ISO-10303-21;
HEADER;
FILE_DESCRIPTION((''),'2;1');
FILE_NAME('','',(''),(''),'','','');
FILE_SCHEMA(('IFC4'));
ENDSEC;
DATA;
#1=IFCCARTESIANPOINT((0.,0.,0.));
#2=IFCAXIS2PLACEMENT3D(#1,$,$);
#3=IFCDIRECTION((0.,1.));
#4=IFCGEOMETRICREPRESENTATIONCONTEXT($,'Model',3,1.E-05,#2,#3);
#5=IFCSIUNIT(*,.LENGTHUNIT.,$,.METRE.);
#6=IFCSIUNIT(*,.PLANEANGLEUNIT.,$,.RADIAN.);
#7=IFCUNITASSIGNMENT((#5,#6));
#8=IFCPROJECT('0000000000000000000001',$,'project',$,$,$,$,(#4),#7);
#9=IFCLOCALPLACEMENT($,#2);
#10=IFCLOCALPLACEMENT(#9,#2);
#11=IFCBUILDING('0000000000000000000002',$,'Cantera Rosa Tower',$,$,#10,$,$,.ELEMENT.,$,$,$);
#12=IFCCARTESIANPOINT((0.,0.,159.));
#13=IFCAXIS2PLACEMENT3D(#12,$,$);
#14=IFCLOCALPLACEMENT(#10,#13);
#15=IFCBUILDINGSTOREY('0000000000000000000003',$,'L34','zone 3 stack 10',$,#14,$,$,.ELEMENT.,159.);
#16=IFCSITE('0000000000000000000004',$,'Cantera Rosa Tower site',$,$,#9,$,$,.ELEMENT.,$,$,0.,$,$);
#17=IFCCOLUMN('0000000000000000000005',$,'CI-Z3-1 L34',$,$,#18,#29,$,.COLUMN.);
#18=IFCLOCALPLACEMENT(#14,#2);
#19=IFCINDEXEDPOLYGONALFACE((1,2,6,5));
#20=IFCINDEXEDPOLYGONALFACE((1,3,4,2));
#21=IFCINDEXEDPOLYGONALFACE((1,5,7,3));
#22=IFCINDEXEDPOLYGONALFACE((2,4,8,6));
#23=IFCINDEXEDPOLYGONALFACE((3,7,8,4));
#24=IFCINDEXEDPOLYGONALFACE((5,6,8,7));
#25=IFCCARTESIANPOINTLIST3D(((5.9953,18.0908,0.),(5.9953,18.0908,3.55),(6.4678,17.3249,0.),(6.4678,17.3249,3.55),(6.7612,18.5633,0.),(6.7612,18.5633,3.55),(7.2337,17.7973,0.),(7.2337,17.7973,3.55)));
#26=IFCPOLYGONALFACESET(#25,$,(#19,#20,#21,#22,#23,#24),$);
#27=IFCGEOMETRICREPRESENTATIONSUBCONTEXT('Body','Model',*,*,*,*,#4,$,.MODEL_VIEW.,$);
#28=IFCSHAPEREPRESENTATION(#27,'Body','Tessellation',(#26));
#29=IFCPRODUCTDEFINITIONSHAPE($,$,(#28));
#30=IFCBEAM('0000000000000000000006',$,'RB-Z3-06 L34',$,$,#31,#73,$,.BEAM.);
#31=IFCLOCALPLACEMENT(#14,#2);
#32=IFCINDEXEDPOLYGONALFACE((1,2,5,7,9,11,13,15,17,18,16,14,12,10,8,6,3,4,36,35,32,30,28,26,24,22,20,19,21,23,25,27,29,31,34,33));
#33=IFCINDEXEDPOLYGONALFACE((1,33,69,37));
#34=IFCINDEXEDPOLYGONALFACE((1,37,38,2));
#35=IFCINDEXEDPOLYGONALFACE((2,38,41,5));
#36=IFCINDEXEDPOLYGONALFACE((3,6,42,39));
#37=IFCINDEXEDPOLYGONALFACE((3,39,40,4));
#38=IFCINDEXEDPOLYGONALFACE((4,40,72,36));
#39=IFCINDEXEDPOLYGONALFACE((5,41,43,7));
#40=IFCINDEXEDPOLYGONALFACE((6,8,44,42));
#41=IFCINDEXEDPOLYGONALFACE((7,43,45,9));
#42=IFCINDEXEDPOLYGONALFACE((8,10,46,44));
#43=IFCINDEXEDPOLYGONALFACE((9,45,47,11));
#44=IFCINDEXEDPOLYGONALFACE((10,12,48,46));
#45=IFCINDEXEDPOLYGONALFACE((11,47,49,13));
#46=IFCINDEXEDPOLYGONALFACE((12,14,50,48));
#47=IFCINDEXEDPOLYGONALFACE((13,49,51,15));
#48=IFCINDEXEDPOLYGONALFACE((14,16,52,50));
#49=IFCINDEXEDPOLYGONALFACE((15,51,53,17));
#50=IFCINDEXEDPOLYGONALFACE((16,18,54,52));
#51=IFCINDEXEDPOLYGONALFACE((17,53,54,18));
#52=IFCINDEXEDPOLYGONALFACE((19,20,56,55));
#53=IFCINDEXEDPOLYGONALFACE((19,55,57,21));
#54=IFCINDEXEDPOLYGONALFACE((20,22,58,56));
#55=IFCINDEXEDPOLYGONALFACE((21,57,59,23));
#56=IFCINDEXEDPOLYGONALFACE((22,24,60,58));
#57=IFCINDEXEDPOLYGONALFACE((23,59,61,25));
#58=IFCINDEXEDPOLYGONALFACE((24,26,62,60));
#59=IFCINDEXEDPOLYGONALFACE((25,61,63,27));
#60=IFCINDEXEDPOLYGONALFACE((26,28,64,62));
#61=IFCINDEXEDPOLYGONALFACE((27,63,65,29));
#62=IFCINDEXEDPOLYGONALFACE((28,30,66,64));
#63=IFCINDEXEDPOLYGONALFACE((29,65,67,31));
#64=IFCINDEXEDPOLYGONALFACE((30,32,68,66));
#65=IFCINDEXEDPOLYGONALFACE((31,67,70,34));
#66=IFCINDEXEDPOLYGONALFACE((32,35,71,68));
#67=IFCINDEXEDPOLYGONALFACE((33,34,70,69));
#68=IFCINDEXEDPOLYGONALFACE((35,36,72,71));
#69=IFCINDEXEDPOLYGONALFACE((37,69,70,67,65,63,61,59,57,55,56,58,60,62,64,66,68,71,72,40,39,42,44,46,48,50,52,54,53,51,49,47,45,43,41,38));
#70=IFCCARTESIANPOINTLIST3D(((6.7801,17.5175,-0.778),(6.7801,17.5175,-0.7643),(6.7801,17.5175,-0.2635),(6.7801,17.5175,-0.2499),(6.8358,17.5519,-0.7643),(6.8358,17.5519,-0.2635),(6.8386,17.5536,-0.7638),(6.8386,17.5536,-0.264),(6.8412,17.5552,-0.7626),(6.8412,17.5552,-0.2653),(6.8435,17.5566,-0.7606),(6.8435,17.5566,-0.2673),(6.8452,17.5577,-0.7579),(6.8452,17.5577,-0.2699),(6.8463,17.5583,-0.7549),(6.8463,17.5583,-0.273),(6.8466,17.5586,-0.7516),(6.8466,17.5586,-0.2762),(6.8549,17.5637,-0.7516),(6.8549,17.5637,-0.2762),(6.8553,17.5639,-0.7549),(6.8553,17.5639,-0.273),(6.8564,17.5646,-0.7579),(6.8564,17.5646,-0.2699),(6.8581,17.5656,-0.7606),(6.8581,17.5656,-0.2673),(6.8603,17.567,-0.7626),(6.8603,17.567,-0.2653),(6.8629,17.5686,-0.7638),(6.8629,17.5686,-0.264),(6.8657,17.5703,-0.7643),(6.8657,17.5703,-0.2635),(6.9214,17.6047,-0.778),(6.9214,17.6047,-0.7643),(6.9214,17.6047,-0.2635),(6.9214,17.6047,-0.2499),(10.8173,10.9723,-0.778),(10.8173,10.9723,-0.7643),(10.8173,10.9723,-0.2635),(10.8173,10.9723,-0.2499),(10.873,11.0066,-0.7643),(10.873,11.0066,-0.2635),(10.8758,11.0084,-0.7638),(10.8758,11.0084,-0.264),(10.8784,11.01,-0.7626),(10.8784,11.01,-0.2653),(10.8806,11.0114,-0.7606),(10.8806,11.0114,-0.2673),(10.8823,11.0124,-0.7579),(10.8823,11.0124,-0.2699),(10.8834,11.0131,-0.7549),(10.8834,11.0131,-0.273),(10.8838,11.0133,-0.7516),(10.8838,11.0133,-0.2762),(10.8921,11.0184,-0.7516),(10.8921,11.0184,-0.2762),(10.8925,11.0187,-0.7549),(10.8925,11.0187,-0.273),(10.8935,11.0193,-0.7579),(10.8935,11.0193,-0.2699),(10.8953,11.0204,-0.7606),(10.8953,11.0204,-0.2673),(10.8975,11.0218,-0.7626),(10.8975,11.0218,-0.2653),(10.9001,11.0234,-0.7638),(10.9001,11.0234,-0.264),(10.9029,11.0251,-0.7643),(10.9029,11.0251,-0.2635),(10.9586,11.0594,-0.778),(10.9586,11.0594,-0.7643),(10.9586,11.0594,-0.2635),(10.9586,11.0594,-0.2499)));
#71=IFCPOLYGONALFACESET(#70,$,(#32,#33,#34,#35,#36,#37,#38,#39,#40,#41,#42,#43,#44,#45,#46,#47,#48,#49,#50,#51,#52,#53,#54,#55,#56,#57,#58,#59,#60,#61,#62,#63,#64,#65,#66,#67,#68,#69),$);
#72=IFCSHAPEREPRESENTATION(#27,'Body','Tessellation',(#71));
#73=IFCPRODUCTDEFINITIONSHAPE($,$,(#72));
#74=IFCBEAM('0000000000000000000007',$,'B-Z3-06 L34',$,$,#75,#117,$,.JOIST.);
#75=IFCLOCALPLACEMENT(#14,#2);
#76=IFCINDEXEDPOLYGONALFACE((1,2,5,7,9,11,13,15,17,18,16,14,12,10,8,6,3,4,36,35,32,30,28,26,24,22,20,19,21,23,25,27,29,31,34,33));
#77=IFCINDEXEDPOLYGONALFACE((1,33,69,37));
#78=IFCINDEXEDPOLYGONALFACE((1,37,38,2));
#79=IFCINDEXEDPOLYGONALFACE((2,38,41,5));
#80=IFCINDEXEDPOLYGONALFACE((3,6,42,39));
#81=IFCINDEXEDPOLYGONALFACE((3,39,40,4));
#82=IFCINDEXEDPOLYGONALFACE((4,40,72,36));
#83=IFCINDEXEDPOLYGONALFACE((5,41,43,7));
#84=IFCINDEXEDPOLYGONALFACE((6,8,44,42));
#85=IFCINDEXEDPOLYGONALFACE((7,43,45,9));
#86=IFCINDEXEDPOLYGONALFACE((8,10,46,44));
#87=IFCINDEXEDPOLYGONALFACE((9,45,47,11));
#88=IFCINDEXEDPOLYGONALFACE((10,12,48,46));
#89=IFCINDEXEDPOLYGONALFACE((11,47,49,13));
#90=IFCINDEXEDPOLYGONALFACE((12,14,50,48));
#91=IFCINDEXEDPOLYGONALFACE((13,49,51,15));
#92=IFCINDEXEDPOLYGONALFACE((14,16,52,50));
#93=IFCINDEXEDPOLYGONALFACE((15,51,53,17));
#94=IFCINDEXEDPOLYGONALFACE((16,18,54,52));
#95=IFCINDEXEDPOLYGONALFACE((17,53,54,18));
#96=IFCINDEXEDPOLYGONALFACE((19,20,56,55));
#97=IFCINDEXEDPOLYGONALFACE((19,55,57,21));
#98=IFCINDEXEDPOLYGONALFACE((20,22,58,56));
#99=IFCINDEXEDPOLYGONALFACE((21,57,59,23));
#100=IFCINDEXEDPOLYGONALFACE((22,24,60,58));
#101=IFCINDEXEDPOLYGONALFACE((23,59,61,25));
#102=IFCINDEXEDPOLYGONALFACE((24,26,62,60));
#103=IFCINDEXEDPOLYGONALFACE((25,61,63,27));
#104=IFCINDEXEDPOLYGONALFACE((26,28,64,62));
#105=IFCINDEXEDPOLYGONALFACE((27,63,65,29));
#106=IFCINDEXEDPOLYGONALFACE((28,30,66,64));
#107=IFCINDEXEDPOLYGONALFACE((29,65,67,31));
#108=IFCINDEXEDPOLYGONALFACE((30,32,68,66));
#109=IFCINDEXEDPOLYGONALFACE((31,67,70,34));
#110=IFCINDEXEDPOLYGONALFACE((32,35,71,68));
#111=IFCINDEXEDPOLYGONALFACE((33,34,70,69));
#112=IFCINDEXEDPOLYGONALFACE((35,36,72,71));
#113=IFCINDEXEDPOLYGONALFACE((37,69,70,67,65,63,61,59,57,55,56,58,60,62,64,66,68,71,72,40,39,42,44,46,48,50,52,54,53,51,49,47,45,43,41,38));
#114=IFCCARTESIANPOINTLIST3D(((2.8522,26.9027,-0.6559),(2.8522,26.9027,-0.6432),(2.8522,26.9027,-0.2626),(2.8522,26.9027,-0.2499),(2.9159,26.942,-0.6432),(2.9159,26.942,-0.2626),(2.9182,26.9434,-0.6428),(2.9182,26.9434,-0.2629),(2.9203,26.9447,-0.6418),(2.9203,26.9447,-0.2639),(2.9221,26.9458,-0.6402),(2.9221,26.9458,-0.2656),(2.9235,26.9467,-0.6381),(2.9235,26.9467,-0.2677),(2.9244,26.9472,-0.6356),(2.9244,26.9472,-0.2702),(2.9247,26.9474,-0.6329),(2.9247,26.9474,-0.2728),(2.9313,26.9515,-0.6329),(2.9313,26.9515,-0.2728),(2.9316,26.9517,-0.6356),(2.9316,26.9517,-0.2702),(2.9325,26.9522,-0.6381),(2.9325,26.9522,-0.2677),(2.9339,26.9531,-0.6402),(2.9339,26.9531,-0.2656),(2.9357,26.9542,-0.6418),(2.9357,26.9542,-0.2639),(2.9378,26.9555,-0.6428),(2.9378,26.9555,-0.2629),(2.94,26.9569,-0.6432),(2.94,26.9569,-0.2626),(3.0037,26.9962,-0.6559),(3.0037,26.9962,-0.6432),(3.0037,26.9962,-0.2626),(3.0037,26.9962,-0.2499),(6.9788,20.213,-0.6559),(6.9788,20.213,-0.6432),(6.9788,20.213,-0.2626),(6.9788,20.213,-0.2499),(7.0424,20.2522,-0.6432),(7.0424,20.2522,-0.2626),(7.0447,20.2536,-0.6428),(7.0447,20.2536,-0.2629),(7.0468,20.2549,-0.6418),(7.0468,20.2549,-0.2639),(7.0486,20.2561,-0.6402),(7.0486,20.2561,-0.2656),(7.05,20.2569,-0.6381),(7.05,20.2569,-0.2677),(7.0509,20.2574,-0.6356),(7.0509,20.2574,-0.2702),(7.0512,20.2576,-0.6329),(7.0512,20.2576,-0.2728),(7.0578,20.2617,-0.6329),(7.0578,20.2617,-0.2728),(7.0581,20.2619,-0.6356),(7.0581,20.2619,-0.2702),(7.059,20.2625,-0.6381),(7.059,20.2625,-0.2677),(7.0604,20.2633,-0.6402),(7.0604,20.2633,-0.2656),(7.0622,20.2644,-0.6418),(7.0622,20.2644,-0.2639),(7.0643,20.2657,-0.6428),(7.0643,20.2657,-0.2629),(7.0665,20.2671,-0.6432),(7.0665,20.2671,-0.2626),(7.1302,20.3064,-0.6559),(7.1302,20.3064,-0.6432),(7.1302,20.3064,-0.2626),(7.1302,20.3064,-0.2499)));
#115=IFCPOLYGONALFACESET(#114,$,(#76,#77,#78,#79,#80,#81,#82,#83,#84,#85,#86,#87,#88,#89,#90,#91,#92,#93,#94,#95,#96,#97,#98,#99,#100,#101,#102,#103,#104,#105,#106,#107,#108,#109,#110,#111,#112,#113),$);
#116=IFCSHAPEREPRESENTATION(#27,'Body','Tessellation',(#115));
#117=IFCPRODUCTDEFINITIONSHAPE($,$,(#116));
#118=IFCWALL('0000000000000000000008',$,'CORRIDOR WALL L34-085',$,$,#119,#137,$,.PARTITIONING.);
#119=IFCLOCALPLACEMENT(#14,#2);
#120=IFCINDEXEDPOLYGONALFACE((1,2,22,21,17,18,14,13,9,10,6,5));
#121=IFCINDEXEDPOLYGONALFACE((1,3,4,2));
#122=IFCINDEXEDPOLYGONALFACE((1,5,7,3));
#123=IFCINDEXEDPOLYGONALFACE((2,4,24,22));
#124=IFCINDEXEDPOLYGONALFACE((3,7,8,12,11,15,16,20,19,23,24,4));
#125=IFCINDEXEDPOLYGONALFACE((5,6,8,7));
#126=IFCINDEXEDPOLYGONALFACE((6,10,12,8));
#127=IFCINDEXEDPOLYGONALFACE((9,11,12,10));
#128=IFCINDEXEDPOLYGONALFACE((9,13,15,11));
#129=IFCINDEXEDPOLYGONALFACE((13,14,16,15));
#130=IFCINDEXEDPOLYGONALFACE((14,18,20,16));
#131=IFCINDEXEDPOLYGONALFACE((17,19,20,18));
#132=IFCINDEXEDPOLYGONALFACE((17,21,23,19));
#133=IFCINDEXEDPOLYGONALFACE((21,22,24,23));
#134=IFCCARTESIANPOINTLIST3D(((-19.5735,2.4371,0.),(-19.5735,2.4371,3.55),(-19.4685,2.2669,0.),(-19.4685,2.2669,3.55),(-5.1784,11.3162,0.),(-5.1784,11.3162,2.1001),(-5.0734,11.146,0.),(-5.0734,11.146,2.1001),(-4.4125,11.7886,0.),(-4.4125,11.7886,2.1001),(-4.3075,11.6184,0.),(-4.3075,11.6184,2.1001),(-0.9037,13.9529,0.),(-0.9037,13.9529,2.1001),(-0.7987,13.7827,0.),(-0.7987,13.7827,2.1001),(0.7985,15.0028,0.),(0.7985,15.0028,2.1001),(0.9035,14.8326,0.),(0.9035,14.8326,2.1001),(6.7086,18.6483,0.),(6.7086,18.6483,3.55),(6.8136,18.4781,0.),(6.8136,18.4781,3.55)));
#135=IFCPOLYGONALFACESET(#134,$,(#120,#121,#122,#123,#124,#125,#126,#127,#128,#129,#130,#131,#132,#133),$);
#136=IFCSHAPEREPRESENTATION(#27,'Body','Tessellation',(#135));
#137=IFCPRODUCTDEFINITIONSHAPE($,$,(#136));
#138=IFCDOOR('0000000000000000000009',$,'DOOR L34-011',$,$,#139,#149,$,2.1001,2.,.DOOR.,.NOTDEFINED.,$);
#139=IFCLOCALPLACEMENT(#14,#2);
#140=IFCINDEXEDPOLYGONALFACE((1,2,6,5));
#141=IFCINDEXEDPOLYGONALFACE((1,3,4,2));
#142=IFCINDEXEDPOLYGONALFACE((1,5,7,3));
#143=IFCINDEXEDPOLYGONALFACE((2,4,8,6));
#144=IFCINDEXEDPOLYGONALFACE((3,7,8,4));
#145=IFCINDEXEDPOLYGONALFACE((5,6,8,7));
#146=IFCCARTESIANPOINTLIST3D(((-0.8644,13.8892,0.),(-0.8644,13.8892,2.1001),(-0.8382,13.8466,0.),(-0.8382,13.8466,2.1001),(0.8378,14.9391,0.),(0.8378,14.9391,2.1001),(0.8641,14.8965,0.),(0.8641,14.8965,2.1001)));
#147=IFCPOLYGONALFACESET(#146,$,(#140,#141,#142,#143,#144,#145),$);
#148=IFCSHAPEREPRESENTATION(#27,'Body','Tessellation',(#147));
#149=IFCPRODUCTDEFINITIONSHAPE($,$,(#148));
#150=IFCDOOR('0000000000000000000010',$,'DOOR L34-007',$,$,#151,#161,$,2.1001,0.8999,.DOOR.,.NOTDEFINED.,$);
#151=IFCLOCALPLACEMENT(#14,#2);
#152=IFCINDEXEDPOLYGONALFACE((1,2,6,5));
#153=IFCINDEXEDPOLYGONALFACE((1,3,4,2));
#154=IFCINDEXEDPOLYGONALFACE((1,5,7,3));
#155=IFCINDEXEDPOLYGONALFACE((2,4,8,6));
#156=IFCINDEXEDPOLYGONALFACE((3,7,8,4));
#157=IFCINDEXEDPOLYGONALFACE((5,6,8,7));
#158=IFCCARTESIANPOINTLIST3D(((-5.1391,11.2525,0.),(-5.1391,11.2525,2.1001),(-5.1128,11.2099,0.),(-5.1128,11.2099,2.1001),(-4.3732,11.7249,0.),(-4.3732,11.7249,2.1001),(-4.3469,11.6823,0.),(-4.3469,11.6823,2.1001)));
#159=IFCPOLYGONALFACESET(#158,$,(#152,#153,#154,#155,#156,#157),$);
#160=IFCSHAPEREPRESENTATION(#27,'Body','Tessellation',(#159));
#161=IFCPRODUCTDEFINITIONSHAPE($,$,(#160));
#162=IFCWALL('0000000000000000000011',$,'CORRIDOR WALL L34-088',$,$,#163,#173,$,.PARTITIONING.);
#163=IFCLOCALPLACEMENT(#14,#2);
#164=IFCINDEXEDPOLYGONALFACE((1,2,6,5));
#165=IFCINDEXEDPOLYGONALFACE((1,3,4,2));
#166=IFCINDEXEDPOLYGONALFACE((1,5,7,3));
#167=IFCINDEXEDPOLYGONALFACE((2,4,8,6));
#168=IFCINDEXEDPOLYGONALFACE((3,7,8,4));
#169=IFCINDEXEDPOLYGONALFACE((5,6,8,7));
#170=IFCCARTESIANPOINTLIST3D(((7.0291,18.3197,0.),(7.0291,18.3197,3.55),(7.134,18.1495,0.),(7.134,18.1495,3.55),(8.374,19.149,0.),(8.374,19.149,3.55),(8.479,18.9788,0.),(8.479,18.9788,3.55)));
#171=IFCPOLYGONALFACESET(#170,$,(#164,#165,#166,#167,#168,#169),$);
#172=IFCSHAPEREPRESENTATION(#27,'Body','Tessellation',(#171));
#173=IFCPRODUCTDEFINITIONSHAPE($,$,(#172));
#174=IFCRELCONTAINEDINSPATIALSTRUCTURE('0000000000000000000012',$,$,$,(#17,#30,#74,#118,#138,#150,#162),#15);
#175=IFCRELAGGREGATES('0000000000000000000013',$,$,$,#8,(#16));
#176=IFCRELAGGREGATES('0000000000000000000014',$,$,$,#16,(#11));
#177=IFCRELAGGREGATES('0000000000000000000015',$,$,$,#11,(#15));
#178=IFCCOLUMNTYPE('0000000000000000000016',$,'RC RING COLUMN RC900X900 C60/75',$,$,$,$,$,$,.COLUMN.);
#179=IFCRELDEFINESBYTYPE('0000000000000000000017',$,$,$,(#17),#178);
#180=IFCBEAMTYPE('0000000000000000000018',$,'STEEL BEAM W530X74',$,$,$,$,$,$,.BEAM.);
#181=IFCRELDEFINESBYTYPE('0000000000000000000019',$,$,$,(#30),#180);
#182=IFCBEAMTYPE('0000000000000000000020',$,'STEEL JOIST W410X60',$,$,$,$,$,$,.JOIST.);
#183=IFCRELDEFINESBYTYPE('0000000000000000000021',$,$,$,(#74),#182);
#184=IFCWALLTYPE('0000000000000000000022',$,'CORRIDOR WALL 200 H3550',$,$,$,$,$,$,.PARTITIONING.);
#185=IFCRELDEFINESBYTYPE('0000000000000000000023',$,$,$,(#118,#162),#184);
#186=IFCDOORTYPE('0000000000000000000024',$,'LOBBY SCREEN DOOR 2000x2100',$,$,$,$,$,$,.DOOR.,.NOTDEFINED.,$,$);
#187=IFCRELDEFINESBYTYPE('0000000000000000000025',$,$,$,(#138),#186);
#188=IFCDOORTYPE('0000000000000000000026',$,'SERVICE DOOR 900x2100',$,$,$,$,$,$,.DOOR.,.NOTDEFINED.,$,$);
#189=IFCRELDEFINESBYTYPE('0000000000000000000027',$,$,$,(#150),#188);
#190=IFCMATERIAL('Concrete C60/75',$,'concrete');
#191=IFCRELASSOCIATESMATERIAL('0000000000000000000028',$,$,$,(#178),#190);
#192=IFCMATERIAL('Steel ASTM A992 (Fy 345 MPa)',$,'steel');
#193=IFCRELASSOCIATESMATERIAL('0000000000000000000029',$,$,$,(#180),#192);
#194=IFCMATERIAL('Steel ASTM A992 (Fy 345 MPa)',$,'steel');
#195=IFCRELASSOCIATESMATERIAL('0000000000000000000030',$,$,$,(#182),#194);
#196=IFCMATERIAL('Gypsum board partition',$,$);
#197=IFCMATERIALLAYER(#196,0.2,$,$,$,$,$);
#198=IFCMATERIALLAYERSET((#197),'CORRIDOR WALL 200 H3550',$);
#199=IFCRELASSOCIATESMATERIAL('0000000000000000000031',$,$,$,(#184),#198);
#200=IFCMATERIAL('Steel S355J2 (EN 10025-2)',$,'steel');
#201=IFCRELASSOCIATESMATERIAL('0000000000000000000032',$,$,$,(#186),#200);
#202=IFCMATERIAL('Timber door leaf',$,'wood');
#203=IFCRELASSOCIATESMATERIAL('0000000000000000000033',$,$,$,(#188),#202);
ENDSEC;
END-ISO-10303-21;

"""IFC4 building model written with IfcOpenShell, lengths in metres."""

from ifc_helpers import new_model, si_unit, direction, frame, frame_2d, origin, origin_2d, place, context, subcontext, project, spatial, rectangle, i_section, extrude, material, layer, layer_set, material_profile, profile_set, type_object, element, fill, save


model = new_model("IFC4")

# Units and contexts
model_context = context("Model", 3, precision=1e-05, world=origin(), true_north=direction((0.0, 1.0)))
body_context = subcontext(model_context, "Body", "Model", "MODEL_VIEW")
ifc_project = project(units=[si_unit("LENGTHUNIT", "METRE"), si_unit("PLANEANGLEUNIT", "RADIAN")], contexts=[model_context])

# Site, building, storey
site_placement = place(None, origin())
site = spatial("IfcSite", under=ifc_project, at=site_placement, Name="Cantera Rosa Tower site", CompositionType="ELEMENT", RefElevation=0.0)
building_placement = place(site_placement, origin())
building = spatial("IfcBuilding", under=site, at=building_placement, Name="Cantera Rosa Tower", CompositionType="ELEMENT")
storey_placement = place(building_placement, frame((0.0, 0.0, 159.0)))
storey = spatial("IfcBuildingStorey", under=building, at=storey_placement, Name="L34", Description="zone 3 stack 10", CompositionType="ELEMENT", Elevation=159.0)

# Column
ifc_material_1 = material(Name="Concrete C60/75", Category="concrete")
ifc_material_profile_1 = material_profile(ifc_material_1, rectangle(XDim=0.8999, YDim=0.8999, at=origin_2d()), Name="RC RING COLUMN RC900X900 C60/75")
ifc_profile_set_1 = profile_set([ifc_material_profile_1], Name="Concrete C60/75")
column_type = type_object("IfcColumnType", Name="RC RING COLUMN RC900X900 C60/75", PredefinedType="COLUMN", material=ifc_profile_set_1)
column_placement = place(storey_placement, frame((6.6145, 17.9441, 0.0), z_axis=(0.0, 0.0, 1.0), x_axis=(0.851117, 0.524977, 0.0)))
element("IfcColumn", 1, at=column_placement, inside=storey, type_object=column_type, Name="CI-Z3-1 L34", PredefinedType="COLUMN", context=body_context, shape_type="SweptSolid", body=[
    extrude(rectangle(XDim=0.8999, YDim=0.8999, at=origin_2d()), origin(), (0.0, 0.0, 1.0), 3.55),
])

# Beams
ifc_material_2 = material(Name="Steel ASTM A992 (Fy 345 MPa)", Category="steel")
ifc_material_profile_2 = material_profile(ifc_material_2, i_section(OverallWidth=0.166, OverallDepth=0.5281, WebThickness=0.0098, FlangeThickness=0.0137, FilletRadius=0.0127, at=origin_2d()), Name="W530X74")
ifc_profile_set_2 = profile_set([ifc_material_profile_2], Name="Steel ASTM A992 (Fy 345 MPa)")
beam_type_1 = type_object("IfcBeamType", Name="STEEL BEAM W530X74", PredefinedType="BEAM", material=ifc_profile_set_2)
beam_1_placement = place(storey_placement, frame((10.8879, 11.0159, -0.5139), z_axis=(-0.524976, 0.851117, 0.0), x_axis=(-0.851117, -0.524976, 0.0)))
element("IfcBeam", 2, at=beam_1_placement, inside=storey, type_object=beam_type_1, Name="RB-Z3-06 L34", PredefinedType="BEAM", context=body_context, shape_type="SweptSolid", body=[
    extrude(i_section(OverallWidth=0.166, OverallDepth=0.5281, WebThickness=0.0098, FlangeThickness=0.0137, FilletRadius=0.0127, at=origin_2d()), origin(), (0.0, 0.0, 1.0), 7.6902),
])
ifc_material_3 = material(Name="Steel ASTM A992 (Fy 345 MPa)", Category="steel")
ifc_material_profile_3 = material_profile(ifc_material_3, i_section(OverallWidth=0.178, OverallDepth=0.406, WebThickness=0.0078, FlangeThickness=0.0127, FilletRadius=0.0103, at=origin_2d()), Name="W410X60")
ifc_profile_set_3 = profile_set([ifc_material_profile_3], Name="Steel ASTM A992 (Fy 345 MPa)")
beam_type_2 = type_object("IfcBeamType", Name="STEEL JOIST W410X60", PredefinedType="JOIST", material=ifc_profile_set_3)
beam_2_placement = place(storey_placement, frame((2.928, 26.9495, -0.4529), z_axis=(0.524995, -0.851105, 0.0), x_axis=(0.851105, 0.524995, 0.0)))
element("IfcBeam", 3, at=beam_2_placement, inside=storey, type_object=beam_type_2, Name="B-Z3-06 L34", PredefinedType="JOIST", context=body_context, shape_type="SweptSolid", body=[
    extrude(i_section(OverallWidth=0.178, OverallDepth=0.406, WebThickness=0.0078, FlangeThickness=0.0127, FilletRadius=0.0103, at=origin_2d()), origin(), (0.0, 0.0, 1.0), 7.8601),
])

# Wall, openings, doors
ifc_material_4 = material(Name="Gypsum board partition")
ifc_layer_1 = layer(ifc_material_4, 0.2)
ifc_layer_set_1 = layer_set([ifc_layer_1], Name="CORRIDOR WALL 200 H3550")
wall_type_1 = type_object("IfcWallType", Name="CORRIDOR WALL 200 H3550", PredefinedType="PARTITIONING", material=ifc_layer_set_1)
wall_1_placement = place(storey_placement, frame((6.7612, 18.5632, 0.0), z_axis=(0.0, 0.0, 1.0), x_axis=(-0.851116, -0.524978, 0.0)))
wall_1 = element("IfcWall", 4, at=wall_1_placement, inside=storey, type_object=wall_type_1, Name="CORRIDOR WALL L34-085", PredefinedType="PARTITIONING", context=body_context, shape_type="SweptSolid", body=[
    extrude(rectangle(XDim=30.8796, YDim=0.2, at=frame_2d((15.4399, 0.0))), origin(), (0.0, 0.0, 1.0), 3.55),
])
opening_1_placement = place(wall_1_placement, frame((13.0667, 0.0, 0.0)))
opening_1 = element("IfcOpeningElement", 5, at=opening_1_placement, cuts=wall_1, PredefinedType="OPENING", context=body_context, shape_type="SweptSolid", body=[
    extrude(rectangle(XDim=0.8999, YDim=2.1001, at=frame_2d((0.45, 1.05))), frame((0.0, 0.1099, 0.0), z_axis=(0.0, -1.0, 0.0), x_axis=(1.0, 0.0, 0.0)), (0.0, 0.0, 1.0), 0.22),
])
opening_2_placement = place(wall_1_placement, frame((6.9441, 0.0, 0.0)))
opening_2 = element("IfcOpeningElement", 6, at=opening_2_placement, cuts=wall_1, PredefinedType="OPENING", context=body_context, shape_type="SweptSolid", body=[
    extrude(rectangle(XDim=2.0, YDim=2.1001, at=frame_2d((1.0, 1.05))), frame((0.0, 0.1099, 0.0), z_axis=(0.0, -1.0, 0.0), x_axis=(1.0, 0.0, 0.0)), (0.0, 0.0, 1.0), 0.22),
])
ifc_material_5 = material(Name="Steel S355J2 (EN 10025-2)", Category="steel")
door_type_1 = type_object("IfcDoorType", Name="LOBBY SCREEN DOOR 2000x2100", OperationType="NOTDEFINED", PredefinedType="DOOR", material=ifc_material_5)
door_1_placement = place(opening_2_placement, origin())
door_1 = element("IfcDoor", 7, at=door_1_placement, inside=storey, type_object=door_type_1, Name="DOOR L34-011", OperationType="NOTDEFINED", OverallHeight=2.1001, OverallWidth=2.0, PredefinedType="DOOR", context=body_context, shape_type="SweptSolid", body=[
    extrude(rectangle(XDim=2.0, YDim=2.1001, at=frame_2d((1.0, 1.05))), frame((0.0, 0.0249, 0.0), z_axis=(0.0, -1.0, 0.0), x_axis=(1.0, 0.0, 0.0)), (0.0, 0.0, 1.0), 0.05),
])
fill(opening_2, door_1)
ifc_material_6 = material(Name="Timber door leaf", Category="wood")
door_type_2 = type_object("IfcDoorType", Name="SERVICE DOOR 900x2100", OperationType="NOTDEFINED", PredefinedType="DOOR", material=ifc_material_6)
door_2_placement = place(opening_1_placement, origin())
door_2 = element("IfcDoor", 8, at=door_2_placement, inside=storey, type_object=door_type_2, Name="DOOR L34-007", OperationType="NOTDEFINED", OverallHeight=2.1001, OverallWidth=0.8999, PredefinedType="DOOR", context=body_context, shape_type="SweptSolid", body=[
    extrude(rectangle(XDim=0.8999, YDim=2.1001, at=frame_2d((0.45, 1.05))), frame((0.0, 0.0249, 0.0), z_axis=(0.0, -1.0, 0.0), x_axis=(1.0, 0.0, 0.0)), (0.0, 0.0, 1.0), 0.05),
])
fill(opening_1, door_2)

# Wall
wall_2_placement = place(storey_placement, frame((7.0815, 18.2346, 0.0), z_axis=(0.0, 0.0, 1.0), x_axis=(0.851186, 0.524864, 0.0)))
element("IfcWall", 9, at=wall_2_placement, inside=storey, type_object=wall_type_1, Name="CORRIDOR WALL L34-088", PredefinedType="PARTITIONING", context=body_context, shape_type="SweptSolid", body=[
    extrude(rectangle(XDim=1.5801, YDim=0.2, at=frame_2d((0.79, 0.0))), origin(), (0.0, 0.0, 1.0), 3.55),
])

save(model, "model.ifc")
